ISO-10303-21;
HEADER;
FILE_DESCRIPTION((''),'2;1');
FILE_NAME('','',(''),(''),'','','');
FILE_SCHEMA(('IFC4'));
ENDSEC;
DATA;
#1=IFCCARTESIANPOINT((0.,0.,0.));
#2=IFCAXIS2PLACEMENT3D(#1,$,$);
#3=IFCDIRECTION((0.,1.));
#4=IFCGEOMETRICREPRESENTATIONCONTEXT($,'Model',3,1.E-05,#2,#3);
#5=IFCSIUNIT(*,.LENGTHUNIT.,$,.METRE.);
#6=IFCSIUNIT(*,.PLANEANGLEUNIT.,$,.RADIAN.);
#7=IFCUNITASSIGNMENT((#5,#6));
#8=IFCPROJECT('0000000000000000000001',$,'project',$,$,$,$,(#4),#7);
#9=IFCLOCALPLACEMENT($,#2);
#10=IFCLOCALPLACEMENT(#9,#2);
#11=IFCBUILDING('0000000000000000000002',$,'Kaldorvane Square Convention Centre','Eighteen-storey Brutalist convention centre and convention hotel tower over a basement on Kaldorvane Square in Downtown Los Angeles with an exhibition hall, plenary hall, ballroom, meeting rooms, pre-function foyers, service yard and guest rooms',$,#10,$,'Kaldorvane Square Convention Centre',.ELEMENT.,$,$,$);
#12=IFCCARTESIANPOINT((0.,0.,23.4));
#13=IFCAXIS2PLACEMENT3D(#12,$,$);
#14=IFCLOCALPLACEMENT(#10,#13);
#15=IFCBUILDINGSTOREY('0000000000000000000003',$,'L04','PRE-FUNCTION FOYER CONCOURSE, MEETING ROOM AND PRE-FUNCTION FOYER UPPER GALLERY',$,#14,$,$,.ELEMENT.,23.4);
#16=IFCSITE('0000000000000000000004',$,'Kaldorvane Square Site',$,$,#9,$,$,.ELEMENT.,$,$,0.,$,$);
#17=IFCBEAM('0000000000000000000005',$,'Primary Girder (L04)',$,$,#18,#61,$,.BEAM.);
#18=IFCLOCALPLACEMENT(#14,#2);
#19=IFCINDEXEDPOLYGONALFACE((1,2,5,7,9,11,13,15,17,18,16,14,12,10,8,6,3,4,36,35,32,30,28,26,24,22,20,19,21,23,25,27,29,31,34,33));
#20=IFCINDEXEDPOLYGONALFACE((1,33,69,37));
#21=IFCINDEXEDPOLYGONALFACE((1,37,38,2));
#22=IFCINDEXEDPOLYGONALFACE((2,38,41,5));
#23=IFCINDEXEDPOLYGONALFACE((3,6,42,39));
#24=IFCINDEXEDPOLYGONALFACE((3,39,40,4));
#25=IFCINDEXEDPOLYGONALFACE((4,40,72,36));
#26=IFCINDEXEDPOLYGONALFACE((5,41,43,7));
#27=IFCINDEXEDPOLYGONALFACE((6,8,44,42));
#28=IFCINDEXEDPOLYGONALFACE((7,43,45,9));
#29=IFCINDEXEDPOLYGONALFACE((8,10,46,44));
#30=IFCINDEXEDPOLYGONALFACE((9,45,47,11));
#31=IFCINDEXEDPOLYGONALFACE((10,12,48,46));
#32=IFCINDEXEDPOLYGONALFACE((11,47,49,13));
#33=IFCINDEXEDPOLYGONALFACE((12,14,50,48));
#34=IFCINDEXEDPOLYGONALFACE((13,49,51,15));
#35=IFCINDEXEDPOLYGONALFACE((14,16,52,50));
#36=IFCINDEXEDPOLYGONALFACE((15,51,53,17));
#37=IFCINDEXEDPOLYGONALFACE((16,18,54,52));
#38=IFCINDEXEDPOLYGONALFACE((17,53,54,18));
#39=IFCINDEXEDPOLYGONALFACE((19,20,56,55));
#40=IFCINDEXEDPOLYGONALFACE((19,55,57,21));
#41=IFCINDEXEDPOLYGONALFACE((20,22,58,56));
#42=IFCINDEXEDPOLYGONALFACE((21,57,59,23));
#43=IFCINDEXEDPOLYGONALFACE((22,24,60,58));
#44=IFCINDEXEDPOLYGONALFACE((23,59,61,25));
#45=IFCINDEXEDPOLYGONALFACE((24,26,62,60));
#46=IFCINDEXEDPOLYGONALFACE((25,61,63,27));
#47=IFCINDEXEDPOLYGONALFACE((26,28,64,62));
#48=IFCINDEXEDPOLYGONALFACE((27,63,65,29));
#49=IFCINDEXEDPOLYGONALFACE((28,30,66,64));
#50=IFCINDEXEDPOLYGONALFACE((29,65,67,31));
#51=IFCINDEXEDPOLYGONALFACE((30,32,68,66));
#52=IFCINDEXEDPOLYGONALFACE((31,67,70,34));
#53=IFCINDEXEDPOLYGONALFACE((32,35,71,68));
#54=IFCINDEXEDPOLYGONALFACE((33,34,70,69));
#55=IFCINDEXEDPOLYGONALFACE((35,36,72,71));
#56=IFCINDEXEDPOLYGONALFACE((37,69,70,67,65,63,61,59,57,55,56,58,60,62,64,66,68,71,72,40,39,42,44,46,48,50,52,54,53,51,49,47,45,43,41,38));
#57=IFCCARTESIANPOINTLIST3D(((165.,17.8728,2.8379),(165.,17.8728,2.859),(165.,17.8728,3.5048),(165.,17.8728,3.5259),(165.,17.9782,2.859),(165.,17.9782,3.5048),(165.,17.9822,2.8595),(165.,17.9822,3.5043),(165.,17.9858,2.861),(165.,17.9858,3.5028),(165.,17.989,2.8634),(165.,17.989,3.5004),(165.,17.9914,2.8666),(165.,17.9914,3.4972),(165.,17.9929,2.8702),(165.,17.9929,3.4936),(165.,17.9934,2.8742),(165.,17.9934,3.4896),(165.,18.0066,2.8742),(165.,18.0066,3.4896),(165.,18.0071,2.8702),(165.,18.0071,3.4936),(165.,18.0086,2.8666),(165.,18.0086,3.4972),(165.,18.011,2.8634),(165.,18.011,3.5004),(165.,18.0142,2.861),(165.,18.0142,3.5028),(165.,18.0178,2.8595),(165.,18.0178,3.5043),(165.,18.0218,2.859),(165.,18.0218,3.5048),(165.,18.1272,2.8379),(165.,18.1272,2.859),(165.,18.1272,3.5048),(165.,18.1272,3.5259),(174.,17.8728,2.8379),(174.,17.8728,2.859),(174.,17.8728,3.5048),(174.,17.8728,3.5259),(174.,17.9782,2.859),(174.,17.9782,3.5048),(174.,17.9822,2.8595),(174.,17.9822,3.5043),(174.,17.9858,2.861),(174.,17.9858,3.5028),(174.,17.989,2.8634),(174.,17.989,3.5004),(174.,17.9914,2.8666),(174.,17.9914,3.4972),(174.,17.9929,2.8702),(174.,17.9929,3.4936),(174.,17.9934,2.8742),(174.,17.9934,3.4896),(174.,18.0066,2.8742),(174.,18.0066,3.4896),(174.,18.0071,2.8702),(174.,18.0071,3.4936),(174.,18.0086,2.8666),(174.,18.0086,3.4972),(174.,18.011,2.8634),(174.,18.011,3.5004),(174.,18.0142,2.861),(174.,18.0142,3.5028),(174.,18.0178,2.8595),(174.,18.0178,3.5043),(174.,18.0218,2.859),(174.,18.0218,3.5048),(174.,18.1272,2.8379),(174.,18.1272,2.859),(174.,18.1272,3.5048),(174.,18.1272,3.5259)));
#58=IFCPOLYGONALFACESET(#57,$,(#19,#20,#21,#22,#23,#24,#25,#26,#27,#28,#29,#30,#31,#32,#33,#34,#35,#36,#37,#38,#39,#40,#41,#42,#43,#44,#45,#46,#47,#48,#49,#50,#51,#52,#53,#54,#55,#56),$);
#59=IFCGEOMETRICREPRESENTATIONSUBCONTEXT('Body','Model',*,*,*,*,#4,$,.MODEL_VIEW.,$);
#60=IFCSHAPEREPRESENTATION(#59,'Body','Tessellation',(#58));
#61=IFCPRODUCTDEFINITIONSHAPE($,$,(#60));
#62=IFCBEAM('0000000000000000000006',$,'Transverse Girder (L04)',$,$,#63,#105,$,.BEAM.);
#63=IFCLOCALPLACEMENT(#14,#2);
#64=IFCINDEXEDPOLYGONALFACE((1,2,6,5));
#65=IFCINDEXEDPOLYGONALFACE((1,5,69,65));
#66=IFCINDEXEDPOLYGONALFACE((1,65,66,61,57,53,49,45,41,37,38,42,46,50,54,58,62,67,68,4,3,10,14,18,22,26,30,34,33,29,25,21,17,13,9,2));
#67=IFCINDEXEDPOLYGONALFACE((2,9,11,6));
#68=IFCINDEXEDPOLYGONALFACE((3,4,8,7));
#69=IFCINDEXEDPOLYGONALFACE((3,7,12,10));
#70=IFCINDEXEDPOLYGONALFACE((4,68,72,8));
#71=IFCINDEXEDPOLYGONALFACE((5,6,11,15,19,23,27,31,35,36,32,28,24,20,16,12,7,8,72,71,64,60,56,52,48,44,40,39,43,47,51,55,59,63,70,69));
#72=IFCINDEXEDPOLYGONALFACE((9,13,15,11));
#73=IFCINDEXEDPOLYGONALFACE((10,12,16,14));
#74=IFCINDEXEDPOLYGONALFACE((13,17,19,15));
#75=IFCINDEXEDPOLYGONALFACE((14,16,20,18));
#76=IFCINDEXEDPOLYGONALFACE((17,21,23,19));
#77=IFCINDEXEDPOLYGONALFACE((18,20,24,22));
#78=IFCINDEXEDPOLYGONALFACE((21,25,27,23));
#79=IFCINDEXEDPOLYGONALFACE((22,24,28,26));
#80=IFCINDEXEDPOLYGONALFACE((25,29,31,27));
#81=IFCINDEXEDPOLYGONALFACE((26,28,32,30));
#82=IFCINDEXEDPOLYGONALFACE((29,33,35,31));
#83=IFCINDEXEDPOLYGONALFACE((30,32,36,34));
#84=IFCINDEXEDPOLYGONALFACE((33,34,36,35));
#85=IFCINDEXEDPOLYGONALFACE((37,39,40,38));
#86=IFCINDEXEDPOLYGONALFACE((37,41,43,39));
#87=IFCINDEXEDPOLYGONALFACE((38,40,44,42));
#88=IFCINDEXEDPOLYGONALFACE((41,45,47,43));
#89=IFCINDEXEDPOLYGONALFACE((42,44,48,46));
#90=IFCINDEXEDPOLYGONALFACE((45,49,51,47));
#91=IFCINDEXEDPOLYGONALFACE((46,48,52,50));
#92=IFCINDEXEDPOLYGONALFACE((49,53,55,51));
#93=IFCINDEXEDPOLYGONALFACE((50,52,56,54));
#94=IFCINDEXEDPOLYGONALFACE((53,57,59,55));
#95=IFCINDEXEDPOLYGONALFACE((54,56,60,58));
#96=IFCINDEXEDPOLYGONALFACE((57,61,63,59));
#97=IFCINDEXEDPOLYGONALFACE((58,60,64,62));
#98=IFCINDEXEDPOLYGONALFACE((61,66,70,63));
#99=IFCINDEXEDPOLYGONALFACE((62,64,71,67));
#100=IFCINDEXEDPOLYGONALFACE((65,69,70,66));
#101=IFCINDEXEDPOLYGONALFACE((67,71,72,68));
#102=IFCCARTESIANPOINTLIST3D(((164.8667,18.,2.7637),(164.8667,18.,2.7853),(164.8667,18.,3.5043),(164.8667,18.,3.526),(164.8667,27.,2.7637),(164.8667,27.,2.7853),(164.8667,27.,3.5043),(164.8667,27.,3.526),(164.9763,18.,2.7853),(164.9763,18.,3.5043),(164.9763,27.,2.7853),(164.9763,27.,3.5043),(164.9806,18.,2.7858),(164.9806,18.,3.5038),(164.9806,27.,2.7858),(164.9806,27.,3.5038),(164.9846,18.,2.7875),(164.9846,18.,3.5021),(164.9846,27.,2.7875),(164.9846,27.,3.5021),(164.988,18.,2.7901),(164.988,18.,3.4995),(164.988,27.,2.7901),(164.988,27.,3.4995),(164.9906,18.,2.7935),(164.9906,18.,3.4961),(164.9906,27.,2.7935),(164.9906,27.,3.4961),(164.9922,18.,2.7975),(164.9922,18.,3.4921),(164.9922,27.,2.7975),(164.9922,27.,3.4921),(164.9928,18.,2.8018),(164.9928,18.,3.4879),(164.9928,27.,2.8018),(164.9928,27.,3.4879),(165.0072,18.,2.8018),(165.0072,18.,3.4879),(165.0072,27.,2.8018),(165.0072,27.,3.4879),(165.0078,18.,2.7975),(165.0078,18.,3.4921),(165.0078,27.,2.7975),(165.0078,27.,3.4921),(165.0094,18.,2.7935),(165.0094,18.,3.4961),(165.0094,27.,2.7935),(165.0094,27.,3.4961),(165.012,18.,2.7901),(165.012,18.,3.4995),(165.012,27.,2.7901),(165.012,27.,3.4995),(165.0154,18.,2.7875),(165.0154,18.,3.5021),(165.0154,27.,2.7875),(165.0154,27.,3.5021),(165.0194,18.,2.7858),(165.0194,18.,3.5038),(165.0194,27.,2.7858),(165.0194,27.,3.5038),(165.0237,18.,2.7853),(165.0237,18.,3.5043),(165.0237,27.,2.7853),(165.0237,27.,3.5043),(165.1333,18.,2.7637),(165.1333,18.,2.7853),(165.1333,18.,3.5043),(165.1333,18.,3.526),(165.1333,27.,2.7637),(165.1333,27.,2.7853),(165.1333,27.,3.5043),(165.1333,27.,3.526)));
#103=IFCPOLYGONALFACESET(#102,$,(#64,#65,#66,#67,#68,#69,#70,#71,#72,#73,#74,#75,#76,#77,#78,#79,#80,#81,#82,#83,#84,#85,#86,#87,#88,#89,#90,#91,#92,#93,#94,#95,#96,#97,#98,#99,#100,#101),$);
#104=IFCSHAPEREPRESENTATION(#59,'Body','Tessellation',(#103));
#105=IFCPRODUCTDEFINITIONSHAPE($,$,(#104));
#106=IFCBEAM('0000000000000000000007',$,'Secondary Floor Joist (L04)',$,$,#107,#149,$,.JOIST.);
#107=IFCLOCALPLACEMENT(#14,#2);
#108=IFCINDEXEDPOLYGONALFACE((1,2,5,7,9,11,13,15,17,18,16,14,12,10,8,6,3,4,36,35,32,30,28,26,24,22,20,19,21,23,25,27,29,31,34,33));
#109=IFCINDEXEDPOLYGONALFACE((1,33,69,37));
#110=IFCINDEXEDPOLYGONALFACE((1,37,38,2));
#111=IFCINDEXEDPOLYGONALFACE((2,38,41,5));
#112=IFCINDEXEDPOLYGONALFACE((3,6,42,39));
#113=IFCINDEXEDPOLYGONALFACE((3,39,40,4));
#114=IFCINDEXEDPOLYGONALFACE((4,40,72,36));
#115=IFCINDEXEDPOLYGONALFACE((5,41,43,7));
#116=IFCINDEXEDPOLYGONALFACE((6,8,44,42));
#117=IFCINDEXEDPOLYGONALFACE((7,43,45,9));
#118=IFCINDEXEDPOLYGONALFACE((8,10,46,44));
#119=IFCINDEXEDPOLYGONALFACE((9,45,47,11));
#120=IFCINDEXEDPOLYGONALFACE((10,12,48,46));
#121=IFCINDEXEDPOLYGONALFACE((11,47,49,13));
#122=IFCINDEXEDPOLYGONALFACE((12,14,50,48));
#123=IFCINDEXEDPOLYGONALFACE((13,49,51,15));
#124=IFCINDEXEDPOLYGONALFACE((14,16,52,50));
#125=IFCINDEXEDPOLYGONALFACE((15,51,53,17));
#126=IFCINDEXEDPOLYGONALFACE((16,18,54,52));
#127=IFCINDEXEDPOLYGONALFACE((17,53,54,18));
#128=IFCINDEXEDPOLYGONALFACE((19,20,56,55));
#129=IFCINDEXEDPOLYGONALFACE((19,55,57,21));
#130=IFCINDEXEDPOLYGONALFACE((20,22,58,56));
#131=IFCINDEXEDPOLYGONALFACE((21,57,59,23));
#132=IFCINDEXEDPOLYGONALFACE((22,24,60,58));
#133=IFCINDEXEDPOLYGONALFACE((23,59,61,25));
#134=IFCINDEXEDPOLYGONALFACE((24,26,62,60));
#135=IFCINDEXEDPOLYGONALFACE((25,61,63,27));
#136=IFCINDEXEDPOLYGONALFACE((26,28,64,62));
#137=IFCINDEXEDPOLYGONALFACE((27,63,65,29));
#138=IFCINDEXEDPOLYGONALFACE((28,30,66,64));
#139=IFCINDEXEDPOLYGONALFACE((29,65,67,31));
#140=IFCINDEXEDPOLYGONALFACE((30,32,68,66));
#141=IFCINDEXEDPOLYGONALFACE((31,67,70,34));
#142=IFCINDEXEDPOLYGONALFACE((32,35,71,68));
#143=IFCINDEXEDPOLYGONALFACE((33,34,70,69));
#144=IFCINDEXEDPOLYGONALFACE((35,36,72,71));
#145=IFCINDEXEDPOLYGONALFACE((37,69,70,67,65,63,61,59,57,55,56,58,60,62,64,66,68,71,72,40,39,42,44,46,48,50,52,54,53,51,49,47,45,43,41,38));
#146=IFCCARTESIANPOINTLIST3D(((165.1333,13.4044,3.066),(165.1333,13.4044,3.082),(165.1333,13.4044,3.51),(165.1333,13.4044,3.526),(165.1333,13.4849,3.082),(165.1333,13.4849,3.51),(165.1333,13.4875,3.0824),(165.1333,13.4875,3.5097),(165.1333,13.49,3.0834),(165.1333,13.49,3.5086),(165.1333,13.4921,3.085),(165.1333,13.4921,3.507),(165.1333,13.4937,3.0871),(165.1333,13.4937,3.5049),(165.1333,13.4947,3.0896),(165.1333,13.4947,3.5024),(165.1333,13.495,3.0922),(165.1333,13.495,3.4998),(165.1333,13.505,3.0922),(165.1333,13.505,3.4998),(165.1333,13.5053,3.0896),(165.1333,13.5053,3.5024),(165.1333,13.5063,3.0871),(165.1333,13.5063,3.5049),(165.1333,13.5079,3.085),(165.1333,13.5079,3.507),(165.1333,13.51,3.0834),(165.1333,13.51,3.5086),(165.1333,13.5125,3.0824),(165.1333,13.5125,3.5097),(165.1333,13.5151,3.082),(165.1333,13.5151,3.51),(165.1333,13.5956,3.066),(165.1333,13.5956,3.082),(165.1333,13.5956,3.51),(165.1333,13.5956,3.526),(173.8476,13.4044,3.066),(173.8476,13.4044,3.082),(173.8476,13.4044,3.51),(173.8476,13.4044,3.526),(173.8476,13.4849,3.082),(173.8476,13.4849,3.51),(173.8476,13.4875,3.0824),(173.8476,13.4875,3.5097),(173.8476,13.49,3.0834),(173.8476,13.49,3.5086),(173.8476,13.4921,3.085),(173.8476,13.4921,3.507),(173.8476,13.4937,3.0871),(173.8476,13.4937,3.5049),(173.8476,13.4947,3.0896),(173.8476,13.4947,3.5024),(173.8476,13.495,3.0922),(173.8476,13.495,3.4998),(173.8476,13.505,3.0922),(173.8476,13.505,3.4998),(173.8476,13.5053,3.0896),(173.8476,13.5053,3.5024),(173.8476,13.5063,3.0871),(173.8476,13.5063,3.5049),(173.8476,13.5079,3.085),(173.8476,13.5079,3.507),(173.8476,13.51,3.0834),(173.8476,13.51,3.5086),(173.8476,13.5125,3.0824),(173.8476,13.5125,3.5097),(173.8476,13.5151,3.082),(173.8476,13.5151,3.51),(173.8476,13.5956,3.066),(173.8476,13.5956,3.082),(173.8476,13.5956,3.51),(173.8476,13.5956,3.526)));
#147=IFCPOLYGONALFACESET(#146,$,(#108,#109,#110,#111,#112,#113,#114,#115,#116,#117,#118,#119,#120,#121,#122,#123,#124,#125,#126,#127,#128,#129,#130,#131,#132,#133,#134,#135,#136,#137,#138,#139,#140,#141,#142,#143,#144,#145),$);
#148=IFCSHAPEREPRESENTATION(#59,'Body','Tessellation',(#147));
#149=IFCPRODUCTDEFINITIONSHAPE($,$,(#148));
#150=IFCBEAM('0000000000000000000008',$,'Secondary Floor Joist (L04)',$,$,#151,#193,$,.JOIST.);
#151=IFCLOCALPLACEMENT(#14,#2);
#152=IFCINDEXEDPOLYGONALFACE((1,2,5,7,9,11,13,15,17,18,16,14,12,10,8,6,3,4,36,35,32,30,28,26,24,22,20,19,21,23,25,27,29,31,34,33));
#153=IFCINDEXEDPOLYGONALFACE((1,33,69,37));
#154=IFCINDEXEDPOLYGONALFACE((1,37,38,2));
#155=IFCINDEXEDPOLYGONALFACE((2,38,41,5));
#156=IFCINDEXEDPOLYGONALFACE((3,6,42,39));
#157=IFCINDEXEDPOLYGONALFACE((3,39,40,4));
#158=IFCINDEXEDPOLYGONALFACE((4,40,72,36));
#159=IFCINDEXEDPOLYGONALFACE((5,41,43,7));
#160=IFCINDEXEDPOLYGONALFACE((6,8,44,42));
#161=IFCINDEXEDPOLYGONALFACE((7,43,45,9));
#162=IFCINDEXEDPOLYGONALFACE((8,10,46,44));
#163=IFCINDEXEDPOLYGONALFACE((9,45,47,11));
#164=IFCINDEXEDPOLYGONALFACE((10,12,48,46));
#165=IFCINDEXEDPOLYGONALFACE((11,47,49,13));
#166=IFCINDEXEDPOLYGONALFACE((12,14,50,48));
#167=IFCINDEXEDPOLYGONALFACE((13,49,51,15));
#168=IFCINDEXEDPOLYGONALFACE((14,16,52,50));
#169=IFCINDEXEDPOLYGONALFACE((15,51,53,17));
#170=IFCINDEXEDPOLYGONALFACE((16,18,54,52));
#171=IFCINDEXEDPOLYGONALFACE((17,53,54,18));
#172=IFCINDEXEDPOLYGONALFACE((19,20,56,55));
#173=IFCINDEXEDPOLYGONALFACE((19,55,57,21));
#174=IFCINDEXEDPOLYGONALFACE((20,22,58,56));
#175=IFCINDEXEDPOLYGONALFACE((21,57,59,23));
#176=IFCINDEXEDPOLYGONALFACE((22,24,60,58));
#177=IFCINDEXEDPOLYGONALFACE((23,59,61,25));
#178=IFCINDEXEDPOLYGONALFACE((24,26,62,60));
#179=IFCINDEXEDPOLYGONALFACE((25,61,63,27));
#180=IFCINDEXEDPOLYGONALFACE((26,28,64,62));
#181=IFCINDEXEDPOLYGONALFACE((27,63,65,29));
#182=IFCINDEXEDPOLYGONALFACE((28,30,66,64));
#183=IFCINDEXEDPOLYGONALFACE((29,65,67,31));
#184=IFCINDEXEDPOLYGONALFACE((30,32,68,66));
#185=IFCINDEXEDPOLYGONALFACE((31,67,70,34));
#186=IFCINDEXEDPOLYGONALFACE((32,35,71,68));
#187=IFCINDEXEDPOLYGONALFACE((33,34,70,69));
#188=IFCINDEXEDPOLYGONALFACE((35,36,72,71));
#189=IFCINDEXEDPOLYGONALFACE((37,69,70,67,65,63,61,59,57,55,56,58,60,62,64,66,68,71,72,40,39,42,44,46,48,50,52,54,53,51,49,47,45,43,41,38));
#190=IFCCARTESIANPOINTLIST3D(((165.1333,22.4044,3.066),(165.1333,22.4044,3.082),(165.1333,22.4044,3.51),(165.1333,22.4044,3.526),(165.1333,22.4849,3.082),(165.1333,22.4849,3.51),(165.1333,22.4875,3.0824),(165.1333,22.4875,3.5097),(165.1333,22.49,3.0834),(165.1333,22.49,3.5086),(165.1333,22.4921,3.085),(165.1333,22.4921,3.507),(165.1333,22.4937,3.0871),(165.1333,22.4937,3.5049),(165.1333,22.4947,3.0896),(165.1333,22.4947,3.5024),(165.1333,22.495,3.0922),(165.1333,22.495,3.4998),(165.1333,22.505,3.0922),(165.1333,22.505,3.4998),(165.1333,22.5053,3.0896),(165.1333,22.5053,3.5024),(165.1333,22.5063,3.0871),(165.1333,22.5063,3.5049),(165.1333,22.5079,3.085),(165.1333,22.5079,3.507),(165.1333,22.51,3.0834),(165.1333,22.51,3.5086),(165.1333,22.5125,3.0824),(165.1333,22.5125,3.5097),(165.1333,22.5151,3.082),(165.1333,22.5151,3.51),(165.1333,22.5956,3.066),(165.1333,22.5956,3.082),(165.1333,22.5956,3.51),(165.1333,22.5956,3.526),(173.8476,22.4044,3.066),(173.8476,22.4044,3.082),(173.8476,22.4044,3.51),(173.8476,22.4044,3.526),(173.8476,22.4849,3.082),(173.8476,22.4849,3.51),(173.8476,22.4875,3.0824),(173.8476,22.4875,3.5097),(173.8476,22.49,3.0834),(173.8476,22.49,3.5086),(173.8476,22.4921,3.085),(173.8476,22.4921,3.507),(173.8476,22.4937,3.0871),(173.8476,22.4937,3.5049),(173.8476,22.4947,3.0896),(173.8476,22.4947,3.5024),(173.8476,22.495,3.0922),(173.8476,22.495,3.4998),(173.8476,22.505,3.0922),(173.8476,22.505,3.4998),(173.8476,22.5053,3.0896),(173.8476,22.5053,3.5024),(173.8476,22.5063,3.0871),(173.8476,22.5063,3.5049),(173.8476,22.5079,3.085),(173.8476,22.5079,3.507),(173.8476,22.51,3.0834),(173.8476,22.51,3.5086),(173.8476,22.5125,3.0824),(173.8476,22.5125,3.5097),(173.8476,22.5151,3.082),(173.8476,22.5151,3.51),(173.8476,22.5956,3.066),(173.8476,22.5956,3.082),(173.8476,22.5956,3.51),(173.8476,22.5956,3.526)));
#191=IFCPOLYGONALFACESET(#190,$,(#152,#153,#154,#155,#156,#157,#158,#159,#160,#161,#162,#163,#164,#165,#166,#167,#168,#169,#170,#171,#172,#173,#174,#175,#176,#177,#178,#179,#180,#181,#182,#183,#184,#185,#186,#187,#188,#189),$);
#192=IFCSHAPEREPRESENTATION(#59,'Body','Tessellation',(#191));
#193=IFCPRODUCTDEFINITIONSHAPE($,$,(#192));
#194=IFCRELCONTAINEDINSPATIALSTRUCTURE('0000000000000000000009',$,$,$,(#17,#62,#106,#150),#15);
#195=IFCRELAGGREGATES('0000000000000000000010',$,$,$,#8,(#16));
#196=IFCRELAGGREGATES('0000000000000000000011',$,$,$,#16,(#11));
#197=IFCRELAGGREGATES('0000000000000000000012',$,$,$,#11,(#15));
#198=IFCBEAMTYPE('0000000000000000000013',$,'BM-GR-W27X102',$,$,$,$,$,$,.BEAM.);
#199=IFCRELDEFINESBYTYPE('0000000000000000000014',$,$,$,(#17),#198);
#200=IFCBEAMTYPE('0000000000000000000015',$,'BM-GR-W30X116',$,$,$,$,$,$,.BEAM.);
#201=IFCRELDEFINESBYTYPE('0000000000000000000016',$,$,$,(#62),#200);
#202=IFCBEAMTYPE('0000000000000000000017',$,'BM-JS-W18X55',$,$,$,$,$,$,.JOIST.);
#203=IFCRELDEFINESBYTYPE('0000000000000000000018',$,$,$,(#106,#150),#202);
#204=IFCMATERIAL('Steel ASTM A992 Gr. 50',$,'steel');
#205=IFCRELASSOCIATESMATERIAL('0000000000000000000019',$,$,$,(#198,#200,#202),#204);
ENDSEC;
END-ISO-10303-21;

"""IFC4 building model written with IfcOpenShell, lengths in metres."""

from ifc_helpers import new_model, si_unit, direction, frame, origin, origin_2d, place, context, subcontext, project, spatial, i_section, extrude, material, material_profile, profile_set, type_object, element, save


model = new_model("IFC4")

# Units and contexts
model_context = context("Model", 3, precision=1e-05, world=origin(), true_north=direction((0.0, 1.0)))
body_context = subcontext(model_context, "Body", "Model", "MODEL_VIEW")
ifc_project = project(units=[si_unit("LENGTHUNIT", "METRE"), si_unit("PLANEANGLEUNIT", "RADIAN")], contexts=[model_context])

# Site, building, storey
site_placement = place(None, origin())
site = spatial("IfcSite", under=ifc_project, at=site_placement, Name="Kaldorvane Square Site", CompositionType="ELEMENT", RefElevation=0.0)
building_placement = place(site_placement, origin())
building = spatial("IfcBuilding", under=site, at=building_placement, Name="Kaldorvane Square Convention Centre", Description="Eighteen-storey Brutalist convention centre and convention hotel tower over a basement on Kaldorvane Square in Downtown Los Angeles with an exhibition hall, plenary hall, ballroom, meeting rooms, pre-function foyers, service yard and guest rooms", LongName="Kaldorvane Square Convention Centre", CompositionType="ELEMENT")
storey_placement = place(building_placement, frame((0.0, 0.0, 23.4)))
storey = spatial("IfcBuildingStorey", under=building, at=storey_placement, Name="L04", Description="PRE-FUNCTION FOYER CONCOURSE, MEETING ROOM AND PRE-FUNCTION FOYER UPPER GALLERY", CompositionType="ELEMENT", Elevation=23.4)

# Shared definitions
ifc_material_1 = material(Name="Steel ASTM A992 Gr. 50", Category="steel")

# Beams
ifc_material_profile_1 = material_profile(ifc_material_1, i_section(OverallWidth=0.2544, OverallDepth=0.6881, WebThickness=0.0131, FlangeThickness=0.0211, FilletRadius=0.0152, at=origin_2d()), Name="W27X102")
ifc_profile_set_1 = profile_set([ifc_material_profile_1], Name="Steel ASTM A992 Gr. 50")
beam_type_1 = type_object("IfcBeamType", Name="BM-GR-W27X102", PredefinedType="BEAM", material=ifc_profile_set_1)
beam_1_placement = place(storey_placement, frame((165.0, 18.0, 3.1819), z_axis=(1.0, 0.0, 0.0), x_axis=(0.0, 1.0, 0.0)))
element("IfcBeam", 1, at=beam_1_placement, inside=storey, type_object=beam_type_1, Name="Primary Girder (L04)", PredefinedType="BEAM", context=body_context, shape_type="SweptSolid", body=[
    extrude(i_section(OverallWidth=0.2544, OverallDepth=0.6881, WebThickness=0.0131, FlangeThickness=0.0211, FilletRadius=0.0152, at=origin_2d()), origin(), (0.0, 0.0, 1.0), 9.0),
])
ifc_material_profile_2 = material_profile(ifc_material_1, i_section(OverallWidth=0.2666, OverallDepth=0.7623, WebThickness=0.0144, FlangeThickness=0.0216, FilletRadius=0.0165, at=origin_2d()), Name="W30X116")
ifc_profile_set_2 = profile_set([ifc_material_profile_2], Name="Steel ASTM A992 Gr. 50")
beam_type_2 = type_object("IfcBeamType", Name="BM-GR-W30X116", PredefinedType="BEAM", material=ifc_profile_set_2)
beam_2_placement = place(storey_placement, frame((165.0, 18.0, 3.1448), z_axis=(0.0, 1.0, 0.0), x_axis=(-1.0, 0.0, 0.0)))
element("IfcBeam", 2, at=beam_2_placement, inside=storey, type_object=beam_type_2, Name="Transverse Girder (L04)", PredefinedType="BEAM", context=body_context, shape_type="SweptSolid", body=[
    extrude(i_section(OverallWidth=0.2666, OverallDepth=0.7623, WebThickness=0.0144, FlangeThickness=0.0216, FilletRadius=0.0165, at=origin_2d()), origin(), (0.0, 0.0, 1.0), 9.0),
])
ifc_material_profile_3 = material_profile(ifc_material_1, i_section(OverallWidth=0.1913, OverallDepth=0.46, WebThickness=0.0099, FlangeThickness=0.016, FilletRadius=0.0102, at=origin_2d()), Name="W18X55")
ifc_profile_set_3 = profile_set([ifc_material_profile_3], Name="Steel ASTM A992 Gr. 50")
beam_type_3 = type_object("IfcBeamType", Name="BM-JS-W18X55", PredefinedType="JOIST", material=ifc_profile_set_3)
for number, where, z_axis, x_axis, name in (
    (3, (165.1333, 13.5, 3.296), (1.0, 0.0, 0.0), (0.0, 1.0, 0.0), "Secondary Floor Joist (L04)"),
    (4, (165.1333, 22.5, 3.296), (1.0, 0.0, 0.0), (0.0, 1.0, 0.0), "Secondary Floor Joist (L04)"),
):
    element("IfcBeam", number, at=place(storey_placement, frame(where, z_axis=z_axis, x_axis=x_axis)), inside=storey, type_object=beam_type_3, Name=name, PredefinedType="JOIST", context=body_context, shape_type="SweptSolid", body=[
        extrude(i_section(OverallWidth=0.1913, OverallDepth=0.46, WebThickness=0.0099, FlangeThickness=0.016, FilletRadius=0.0102, at=origin_2d()), origin(), (0.0, 0.0, 1.0), 8.7143),
    ])

save(model, "model.ifc")
